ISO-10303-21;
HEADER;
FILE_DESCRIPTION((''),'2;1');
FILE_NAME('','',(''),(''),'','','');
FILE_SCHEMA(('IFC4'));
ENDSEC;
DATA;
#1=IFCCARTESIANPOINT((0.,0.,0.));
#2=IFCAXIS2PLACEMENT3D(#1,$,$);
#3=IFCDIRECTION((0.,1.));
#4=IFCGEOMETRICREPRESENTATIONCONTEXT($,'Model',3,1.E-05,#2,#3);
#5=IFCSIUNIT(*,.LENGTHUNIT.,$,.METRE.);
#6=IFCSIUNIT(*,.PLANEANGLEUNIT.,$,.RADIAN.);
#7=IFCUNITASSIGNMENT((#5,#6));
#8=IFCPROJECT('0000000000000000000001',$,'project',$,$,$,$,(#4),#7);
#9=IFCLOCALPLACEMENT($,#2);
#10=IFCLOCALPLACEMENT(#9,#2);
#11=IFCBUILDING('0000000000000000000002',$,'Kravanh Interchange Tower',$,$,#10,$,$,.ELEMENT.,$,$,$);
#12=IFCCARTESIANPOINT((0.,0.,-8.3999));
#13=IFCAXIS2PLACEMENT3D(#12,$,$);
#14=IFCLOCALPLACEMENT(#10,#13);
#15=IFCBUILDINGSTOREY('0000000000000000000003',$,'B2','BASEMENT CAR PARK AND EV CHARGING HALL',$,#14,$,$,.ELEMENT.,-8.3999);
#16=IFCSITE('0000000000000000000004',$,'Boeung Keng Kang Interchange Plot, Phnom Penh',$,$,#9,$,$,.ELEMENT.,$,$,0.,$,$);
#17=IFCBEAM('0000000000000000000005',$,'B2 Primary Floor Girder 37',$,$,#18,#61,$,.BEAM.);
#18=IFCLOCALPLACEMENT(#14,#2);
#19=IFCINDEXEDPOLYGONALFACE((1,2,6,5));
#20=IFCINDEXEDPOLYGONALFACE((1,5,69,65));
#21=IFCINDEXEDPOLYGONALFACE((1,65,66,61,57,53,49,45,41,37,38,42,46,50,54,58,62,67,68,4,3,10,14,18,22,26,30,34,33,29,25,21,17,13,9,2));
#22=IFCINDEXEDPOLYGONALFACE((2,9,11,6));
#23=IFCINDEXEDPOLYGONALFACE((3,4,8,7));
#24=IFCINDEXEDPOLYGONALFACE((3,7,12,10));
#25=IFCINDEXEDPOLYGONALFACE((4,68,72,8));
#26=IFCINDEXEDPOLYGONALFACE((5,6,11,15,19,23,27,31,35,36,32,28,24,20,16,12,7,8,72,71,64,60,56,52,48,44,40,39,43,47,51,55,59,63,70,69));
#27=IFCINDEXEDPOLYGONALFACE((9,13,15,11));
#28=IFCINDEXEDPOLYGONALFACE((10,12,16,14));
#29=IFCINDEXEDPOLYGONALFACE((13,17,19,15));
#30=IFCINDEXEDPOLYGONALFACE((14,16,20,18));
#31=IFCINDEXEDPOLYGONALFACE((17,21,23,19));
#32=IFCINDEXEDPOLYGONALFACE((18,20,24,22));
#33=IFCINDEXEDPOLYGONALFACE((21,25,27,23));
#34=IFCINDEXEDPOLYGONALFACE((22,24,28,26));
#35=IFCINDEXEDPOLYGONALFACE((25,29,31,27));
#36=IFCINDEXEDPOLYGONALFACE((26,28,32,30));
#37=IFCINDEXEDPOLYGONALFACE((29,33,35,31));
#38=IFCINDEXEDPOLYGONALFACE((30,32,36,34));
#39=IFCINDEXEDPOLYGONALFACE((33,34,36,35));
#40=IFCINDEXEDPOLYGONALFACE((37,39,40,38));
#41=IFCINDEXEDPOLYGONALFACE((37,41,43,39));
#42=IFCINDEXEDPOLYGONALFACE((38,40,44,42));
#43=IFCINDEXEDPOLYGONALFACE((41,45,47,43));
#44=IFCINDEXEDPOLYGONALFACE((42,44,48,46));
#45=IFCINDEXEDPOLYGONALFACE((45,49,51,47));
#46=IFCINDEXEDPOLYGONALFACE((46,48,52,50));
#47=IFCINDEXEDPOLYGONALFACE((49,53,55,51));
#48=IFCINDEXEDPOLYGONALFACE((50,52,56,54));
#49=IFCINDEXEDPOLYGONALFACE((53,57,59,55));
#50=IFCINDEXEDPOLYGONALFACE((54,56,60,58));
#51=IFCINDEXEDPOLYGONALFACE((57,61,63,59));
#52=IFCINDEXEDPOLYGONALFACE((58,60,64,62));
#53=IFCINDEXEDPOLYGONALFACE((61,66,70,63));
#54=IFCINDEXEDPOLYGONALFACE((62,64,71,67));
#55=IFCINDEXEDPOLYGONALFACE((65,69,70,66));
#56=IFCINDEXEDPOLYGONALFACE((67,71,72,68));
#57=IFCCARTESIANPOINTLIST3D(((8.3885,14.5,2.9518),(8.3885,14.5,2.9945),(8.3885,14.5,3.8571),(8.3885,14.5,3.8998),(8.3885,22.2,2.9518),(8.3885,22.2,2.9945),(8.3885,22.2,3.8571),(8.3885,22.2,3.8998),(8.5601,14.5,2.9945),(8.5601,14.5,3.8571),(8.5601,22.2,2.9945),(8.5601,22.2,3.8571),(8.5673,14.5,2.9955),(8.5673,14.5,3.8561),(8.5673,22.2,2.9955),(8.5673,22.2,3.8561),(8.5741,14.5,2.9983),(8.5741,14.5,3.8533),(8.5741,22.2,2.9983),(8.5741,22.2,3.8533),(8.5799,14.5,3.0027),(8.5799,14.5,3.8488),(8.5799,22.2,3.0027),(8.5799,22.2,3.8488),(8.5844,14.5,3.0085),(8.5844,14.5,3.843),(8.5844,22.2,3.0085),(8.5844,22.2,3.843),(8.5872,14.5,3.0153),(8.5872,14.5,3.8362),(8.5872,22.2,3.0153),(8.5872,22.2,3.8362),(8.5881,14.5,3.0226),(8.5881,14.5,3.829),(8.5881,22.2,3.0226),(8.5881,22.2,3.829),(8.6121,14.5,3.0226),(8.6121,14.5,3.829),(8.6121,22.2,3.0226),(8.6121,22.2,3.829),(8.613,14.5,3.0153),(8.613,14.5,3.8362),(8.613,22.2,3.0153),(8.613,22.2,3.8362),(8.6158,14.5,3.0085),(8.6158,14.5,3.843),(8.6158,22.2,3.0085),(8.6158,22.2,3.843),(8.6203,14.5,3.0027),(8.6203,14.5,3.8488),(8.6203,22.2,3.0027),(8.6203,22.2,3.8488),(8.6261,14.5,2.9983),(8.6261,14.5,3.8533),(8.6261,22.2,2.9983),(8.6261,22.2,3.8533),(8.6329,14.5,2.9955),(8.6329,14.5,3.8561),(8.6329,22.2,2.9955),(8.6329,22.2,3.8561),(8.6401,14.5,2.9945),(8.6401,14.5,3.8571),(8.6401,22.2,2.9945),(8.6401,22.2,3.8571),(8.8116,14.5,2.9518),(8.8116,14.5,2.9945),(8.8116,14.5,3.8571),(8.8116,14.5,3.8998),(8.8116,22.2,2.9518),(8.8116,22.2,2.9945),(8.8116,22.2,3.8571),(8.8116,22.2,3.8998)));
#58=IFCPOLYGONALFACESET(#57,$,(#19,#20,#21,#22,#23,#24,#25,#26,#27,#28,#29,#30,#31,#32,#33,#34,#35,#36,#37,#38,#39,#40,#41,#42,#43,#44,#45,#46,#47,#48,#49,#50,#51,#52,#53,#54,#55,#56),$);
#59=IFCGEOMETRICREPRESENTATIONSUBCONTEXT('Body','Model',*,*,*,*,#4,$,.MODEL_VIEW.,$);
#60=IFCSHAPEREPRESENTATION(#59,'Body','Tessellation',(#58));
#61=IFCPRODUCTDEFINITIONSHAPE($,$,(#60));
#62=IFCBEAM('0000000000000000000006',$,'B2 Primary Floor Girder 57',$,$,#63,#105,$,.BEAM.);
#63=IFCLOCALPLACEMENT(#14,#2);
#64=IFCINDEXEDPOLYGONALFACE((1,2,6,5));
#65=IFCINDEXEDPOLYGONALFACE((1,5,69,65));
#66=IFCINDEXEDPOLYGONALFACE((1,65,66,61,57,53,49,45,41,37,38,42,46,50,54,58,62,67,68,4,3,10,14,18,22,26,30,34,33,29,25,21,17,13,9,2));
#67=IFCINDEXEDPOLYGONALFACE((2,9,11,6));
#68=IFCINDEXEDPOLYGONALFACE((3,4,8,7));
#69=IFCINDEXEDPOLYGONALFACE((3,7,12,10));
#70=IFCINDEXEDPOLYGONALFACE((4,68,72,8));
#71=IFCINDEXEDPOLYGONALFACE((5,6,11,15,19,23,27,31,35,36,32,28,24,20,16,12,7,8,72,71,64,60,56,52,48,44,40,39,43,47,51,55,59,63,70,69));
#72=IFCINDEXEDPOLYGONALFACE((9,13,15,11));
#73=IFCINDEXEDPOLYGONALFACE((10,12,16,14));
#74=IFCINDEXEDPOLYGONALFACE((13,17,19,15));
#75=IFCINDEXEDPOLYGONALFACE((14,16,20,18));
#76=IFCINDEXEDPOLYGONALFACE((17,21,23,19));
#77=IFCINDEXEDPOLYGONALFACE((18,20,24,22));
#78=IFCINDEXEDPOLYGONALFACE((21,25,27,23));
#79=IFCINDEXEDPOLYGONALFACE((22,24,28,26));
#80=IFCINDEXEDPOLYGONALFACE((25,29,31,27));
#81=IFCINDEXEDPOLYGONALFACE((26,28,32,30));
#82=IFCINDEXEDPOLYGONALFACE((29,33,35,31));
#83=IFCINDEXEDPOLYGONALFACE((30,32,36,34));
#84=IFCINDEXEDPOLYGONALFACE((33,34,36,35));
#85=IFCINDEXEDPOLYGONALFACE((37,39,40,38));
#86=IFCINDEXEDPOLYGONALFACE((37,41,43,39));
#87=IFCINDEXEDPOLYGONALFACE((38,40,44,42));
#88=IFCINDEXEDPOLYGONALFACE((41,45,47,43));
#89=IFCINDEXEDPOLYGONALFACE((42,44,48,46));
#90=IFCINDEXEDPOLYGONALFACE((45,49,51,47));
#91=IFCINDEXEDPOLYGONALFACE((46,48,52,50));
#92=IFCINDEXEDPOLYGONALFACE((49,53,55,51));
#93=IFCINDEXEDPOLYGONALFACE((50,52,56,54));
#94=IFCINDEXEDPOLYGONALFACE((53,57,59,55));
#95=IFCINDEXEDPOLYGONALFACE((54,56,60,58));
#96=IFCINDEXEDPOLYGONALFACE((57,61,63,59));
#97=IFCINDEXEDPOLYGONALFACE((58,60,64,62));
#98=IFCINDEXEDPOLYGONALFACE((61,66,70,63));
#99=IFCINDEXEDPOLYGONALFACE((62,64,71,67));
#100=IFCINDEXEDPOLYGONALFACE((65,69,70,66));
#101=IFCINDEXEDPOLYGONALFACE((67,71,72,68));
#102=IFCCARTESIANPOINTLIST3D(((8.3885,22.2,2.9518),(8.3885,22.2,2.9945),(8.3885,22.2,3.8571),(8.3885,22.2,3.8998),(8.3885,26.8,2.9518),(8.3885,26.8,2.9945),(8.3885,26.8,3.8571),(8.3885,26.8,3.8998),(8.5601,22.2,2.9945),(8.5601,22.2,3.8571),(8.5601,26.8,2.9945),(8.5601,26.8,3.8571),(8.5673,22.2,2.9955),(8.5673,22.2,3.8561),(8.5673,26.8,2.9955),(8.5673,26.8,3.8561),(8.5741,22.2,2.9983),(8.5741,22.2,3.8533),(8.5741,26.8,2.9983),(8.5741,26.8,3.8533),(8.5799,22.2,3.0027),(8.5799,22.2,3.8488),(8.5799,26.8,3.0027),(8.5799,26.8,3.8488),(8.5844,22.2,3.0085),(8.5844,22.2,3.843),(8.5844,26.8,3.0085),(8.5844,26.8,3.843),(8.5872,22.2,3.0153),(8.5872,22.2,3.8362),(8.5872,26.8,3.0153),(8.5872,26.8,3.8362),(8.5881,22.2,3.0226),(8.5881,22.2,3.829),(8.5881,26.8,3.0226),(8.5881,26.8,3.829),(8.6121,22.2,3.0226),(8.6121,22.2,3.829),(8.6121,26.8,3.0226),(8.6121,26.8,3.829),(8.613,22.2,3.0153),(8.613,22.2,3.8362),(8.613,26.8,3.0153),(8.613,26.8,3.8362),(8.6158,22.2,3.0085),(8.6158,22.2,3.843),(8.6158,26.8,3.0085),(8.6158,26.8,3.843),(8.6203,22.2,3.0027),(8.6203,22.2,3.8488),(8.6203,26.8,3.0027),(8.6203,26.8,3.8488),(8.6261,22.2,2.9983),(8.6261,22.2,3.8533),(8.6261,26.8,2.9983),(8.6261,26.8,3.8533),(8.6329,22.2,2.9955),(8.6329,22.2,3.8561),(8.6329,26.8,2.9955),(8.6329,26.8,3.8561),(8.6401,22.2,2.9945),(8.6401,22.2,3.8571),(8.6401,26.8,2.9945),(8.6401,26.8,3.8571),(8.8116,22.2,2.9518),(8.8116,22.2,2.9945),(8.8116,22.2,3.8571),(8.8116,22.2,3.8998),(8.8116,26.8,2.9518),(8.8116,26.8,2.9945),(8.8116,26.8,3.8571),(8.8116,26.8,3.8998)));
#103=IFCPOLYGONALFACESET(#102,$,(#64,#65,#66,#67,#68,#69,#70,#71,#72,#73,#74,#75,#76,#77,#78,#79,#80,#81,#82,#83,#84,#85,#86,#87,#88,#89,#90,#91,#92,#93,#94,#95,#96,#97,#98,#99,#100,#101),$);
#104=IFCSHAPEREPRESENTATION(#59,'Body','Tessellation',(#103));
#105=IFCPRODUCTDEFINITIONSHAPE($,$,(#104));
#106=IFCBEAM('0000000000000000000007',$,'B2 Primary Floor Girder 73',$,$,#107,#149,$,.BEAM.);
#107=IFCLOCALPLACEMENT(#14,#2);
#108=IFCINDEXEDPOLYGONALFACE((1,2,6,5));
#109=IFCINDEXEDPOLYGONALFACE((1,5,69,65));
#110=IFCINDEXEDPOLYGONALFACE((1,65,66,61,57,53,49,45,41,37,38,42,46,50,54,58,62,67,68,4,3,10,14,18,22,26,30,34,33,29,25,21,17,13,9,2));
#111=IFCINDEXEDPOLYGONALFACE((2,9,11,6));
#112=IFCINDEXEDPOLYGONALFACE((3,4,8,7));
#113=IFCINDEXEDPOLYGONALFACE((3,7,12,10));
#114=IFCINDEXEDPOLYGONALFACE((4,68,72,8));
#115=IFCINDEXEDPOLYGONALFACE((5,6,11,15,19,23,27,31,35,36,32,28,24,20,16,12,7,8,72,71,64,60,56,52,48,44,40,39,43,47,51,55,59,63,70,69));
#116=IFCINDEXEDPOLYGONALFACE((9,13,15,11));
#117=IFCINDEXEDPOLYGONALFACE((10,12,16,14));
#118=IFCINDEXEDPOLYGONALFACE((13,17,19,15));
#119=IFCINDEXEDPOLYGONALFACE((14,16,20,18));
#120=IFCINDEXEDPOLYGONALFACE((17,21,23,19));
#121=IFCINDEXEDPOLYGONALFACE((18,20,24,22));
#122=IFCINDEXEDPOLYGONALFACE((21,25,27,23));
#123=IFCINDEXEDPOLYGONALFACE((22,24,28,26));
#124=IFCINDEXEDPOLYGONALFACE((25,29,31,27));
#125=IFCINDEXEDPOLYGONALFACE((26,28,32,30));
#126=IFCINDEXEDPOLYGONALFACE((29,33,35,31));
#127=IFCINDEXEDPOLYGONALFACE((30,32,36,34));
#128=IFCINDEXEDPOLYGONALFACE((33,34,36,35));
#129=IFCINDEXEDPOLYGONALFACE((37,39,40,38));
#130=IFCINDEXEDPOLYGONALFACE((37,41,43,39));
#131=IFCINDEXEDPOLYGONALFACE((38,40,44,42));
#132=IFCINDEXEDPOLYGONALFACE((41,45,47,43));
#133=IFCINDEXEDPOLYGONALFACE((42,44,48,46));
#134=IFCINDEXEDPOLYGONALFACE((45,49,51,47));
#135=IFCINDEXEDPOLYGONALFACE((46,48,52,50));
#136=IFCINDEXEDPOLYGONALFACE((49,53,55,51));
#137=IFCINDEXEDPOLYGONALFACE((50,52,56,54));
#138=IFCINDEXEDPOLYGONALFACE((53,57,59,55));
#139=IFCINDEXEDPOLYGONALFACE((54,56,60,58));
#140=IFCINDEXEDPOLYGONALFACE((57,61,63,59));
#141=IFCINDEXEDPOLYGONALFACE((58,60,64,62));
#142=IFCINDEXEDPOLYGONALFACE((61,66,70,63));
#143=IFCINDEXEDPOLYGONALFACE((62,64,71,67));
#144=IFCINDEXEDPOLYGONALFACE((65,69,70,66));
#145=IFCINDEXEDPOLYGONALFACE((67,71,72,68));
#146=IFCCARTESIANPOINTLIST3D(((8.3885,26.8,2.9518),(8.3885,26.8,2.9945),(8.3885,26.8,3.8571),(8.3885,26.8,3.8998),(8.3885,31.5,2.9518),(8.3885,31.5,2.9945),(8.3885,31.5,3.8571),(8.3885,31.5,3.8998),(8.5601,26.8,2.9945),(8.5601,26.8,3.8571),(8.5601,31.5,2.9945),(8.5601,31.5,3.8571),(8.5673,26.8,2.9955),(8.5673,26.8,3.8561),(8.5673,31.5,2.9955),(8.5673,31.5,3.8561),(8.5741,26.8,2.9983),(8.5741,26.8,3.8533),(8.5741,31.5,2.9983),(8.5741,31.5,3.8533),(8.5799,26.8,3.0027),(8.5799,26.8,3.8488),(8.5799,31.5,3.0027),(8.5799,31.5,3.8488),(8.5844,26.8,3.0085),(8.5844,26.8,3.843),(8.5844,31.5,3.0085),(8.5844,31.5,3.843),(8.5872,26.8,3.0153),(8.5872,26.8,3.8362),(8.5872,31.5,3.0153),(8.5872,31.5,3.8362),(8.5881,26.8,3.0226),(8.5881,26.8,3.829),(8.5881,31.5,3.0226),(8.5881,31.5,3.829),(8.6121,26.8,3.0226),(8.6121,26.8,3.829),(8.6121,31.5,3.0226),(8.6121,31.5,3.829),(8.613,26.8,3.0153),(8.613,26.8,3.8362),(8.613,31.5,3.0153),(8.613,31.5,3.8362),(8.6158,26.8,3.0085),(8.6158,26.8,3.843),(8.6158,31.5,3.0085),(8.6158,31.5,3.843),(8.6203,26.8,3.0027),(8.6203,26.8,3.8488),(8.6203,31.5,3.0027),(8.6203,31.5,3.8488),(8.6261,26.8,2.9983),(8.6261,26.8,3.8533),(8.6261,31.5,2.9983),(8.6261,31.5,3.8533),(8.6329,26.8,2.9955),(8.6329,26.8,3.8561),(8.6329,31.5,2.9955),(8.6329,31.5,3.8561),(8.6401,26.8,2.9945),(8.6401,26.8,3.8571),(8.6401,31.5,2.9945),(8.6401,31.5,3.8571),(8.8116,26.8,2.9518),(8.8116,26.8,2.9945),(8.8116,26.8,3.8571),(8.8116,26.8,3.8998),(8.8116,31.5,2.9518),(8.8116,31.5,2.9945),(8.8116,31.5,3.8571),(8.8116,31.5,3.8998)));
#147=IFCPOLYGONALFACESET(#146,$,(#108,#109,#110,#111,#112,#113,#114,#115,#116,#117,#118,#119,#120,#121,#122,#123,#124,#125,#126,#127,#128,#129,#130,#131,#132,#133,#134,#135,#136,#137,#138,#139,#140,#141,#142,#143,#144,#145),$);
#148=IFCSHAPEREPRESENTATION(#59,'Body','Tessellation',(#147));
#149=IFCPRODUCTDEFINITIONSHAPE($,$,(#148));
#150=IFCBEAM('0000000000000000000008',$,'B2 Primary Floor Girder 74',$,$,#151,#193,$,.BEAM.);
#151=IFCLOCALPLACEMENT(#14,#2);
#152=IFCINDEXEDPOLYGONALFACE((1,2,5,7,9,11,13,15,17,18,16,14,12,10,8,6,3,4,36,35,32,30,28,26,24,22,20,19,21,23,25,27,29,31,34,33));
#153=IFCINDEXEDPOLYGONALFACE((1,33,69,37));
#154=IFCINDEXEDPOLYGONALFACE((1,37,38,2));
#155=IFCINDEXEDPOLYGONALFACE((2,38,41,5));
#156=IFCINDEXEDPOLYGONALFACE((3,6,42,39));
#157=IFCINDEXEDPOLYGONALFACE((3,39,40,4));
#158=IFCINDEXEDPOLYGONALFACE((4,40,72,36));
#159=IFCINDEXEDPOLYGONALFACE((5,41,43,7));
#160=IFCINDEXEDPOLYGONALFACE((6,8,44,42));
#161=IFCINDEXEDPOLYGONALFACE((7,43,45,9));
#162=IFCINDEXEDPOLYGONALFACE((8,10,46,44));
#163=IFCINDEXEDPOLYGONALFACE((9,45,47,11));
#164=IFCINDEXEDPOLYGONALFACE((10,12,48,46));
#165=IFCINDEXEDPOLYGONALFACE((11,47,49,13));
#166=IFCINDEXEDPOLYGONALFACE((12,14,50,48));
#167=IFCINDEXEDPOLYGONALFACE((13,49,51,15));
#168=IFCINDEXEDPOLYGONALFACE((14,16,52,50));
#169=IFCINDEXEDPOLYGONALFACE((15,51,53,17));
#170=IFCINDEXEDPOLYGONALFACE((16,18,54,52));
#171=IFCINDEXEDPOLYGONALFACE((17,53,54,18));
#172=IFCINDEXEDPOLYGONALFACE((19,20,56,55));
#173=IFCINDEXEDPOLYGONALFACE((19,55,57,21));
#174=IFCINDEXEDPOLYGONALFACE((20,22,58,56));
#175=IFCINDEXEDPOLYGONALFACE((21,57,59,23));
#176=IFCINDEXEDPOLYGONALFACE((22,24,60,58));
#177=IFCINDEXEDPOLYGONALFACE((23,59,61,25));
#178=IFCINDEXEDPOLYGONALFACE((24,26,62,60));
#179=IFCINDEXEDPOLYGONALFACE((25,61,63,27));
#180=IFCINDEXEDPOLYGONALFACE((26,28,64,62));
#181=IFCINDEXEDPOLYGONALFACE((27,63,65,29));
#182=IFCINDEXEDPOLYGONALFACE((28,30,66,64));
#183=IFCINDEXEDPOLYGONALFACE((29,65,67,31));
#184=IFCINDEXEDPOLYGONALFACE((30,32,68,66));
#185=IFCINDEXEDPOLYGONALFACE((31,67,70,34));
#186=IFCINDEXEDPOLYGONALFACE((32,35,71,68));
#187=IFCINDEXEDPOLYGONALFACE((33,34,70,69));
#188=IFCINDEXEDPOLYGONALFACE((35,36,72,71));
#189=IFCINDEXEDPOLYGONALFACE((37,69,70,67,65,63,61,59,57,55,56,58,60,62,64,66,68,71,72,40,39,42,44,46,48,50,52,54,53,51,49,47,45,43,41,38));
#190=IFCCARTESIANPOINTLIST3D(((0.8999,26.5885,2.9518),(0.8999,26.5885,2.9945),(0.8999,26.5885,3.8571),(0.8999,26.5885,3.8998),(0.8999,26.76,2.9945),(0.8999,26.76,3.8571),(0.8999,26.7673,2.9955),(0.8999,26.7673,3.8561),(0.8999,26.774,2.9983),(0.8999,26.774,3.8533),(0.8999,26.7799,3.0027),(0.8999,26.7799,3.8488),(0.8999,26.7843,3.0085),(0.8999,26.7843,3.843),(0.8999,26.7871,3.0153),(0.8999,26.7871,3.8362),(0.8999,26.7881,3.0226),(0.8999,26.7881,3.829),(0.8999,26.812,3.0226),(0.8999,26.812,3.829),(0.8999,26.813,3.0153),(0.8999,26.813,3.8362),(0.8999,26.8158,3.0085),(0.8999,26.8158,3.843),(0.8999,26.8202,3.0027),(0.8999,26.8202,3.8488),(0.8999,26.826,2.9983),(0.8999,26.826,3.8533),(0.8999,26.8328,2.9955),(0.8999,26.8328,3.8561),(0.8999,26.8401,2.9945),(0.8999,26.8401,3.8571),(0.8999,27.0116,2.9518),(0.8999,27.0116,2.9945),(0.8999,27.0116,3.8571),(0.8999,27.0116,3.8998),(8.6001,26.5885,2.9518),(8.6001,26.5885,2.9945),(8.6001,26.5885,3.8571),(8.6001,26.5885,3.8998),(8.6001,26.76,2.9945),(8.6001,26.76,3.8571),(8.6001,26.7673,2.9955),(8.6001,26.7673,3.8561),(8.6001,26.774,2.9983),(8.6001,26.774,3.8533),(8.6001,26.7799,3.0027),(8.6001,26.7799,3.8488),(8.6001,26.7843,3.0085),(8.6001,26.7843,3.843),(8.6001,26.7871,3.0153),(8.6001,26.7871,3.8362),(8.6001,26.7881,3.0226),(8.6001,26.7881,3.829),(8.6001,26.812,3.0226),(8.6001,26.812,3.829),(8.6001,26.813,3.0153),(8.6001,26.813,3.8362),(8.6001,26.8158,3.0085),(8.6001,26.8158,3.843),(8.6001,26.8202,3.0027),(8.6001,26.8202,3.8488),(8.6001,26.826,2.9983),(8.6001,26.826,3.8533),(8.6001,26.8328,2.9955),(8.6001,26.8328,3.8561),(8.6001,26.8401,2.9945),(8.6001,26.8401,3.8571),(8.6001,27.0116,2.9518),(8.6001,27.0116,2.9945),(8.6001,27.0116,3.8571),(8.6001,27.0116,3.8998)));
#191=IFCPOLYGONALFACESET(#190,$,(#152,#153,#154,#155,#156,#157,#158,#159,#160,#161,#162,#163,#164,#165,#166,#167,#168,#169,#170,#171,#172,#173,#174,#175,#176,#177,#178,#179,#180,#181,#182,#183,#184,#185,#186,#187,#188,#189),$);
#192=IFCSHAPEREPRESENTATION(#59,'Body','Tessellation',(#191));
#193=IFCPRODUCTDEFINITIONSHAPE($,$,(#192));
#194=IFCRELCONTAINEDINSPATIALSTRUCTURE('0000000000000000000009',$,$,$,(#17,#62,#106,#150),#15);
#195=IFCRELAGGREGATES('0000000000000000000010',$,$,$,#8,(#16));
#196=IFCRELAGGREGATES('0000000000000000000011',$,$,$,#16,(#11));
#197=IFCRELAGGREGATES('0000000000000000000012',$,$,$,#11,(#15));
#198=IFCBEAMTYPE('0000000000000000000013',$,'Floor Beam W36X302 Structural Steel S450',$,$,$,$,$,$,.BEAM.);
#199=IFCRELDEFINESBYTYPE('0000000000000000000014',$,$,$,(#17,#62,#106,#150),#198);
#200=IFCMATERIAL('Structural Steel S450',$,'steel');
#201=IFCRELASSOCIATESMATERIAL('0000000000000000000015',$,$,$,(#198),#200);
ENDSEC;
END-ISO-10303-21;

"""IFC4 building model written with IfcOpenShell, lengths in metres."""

from ifc_helpers import new_model, si_unit, direction, frame, origin, origin_2d, place, context, subcontext, project, spatial, i_section, extrude, material, material_profile, profile_set, type_object, element, save


model = new_model("IFC4")

# Units and contexts
model_context = context("Model", 3, precision=1e-05, world=origin(), true_north=direction((0.0, 1.0)))
body_context = subcontext(model_context, "Body", "Model", "MODEL_VIEW")
ifc_project = project(units=[si_unit("LENGTHUNIT", "METRE"), si_unit("PLANEANGLEUNIT", "RADIAN")], contexts=[model_context])

# Site, building, storey
site_placement = place(None, origin())
site = spatial("IfcSite", under=ifc_project, at=site_placement, Name="Boeung Keng Kang Interchange Plot, Phnom Penh", CompositionType="ELEMENT", RefElevation=0.0)
building_placement = place(site_placement, origin())
building = spatial("IfcBuilding", under=site, at=building_placement, Name="Kravanh Interchange Tower", CompositionType="ELEMENT")
storey_placement = place(building_placement, frame((0.0, 0.0, -8.3999)))
storey = spatial("IfcBuildingStorey", under=building, at=storey_placement, Name="B2", Description="BASEMENT CAR PARK AND EV CHARGING HALL", CompositionType="ELEMENT", Elevation=-8.3999)

# Beams
ifc_material_1 = material(Name="Structural Steel S450", Category="steel")
ifc_material_profile_1 = material_profile(ifc_material_1, i_section(OverallWidth=0.4231, OverallDepth=0.948, WebThickness=0.0239, FlangeThickness=0.0427, FilletRadius=0.0281, at=origin_2d()), Name="W36X302")
ifc_profile_set_1 = profile_set([ifc_material_profile_1], Name="Structural Steel S450")
beam_type_1 = type_object("IfcBeamType", Name="Floor Beam W36X302 Structural Steel S450", PredefinedType="BEAM", material=ifc_profile_set_1)
beam_1_placement = place(storey_placement, frame((8.6001, 14.5, 3.4258), z_axis=(0.0, 1.0, 0.0), x_axis=(-1.0, 0.0, 0.0)))
element("IfcBeam", 1, at=beam_1_placement, inside=storey, type_object=beam_type_1, Name="B2 Primary Floor Girder 37", PredefinedType="BEAM", context=body_context, shape_type="SweptSolid", body=[
    extrude(i_section(OverallWidth=0.4231, OverallDepth=0.948, WebThickness=0.0239, FlangeThickness=0.0427, FilletRadius=0.0281, at=origin_2d()), origin(), (0.0, 0.0, 1.0), 7.7),
])
beam_2_placement = place(storey_placement, frame((8.6001, 22.2, 3.4258), z_axis=(0.0, 1.0, 0.0), x_axis=(-1.0, 0.0, 0.0)))
element("IfcBeam", 2, at=beam_2_placement, inside=storey, type_object=beam_type_1, Name="B2 Primary Floor Girder 57", PredefinedType="BEAM", context=body_context, shape_type="SweptSolid", body=[
    extrude(i_section(OverallWidth=0.4231, OverallDepth=0.948, WebThickness=0.0239, FlangeThickness=0.0427, FilletRadius=0.0281, at=origin_2d()), origin(), (0.0, 0.0, 1.0), 4.6001),
])
beam_3_placement = place(storey_placement, frame((8.6001, 26.8, 3.4258), z_axis=(0.0, 1.0, 0.0), x_axis=(-1.0, 0.0, 0.0)))
element("IfcBeam", 3, at=beam_3_placement, inside=storey, type_object=beam_type_1, Name="B2 Primary Floor Girder 73", PredefinedType="BEAM", context=body_context, shape_type="SweptSolid", body=[
    extrude(i_section(OverallWidth=0.4231, OverallDepth=0.948, WebThickness=0.0239, FlangeThickness=0.0427, FilletRadius=0.0281, at=origin_2d()), origin(), (0.0, 0.0, 1.0), 4.7),
])
beam_4_placement = place(storey_placement, frame((8.6001, 26.8, 3.4258), z_axis=(-1.0, 0.0, 0.0), x_axis=(0.0, -1.0, 0.0)))
element("IfcBeam", 4, at=beam_4_placement, inside=storey, type_object=beam_type_1, Name="B2 Primary Floor Girder 74", PredefinedType="BEAM", context=body_context, shape_type="SweptSolid", body=[
    extrude(i_section(OverallWidth=0.4231, OverallDepth=0.948, WebThickness=0.0239, FlangeThickness=0.0427, FilletRadius=0.0281, at=origin_2d()), origin(), (0.0, 0.0, 1.0), 7.7002),
])

save(model, "model.ifc")
